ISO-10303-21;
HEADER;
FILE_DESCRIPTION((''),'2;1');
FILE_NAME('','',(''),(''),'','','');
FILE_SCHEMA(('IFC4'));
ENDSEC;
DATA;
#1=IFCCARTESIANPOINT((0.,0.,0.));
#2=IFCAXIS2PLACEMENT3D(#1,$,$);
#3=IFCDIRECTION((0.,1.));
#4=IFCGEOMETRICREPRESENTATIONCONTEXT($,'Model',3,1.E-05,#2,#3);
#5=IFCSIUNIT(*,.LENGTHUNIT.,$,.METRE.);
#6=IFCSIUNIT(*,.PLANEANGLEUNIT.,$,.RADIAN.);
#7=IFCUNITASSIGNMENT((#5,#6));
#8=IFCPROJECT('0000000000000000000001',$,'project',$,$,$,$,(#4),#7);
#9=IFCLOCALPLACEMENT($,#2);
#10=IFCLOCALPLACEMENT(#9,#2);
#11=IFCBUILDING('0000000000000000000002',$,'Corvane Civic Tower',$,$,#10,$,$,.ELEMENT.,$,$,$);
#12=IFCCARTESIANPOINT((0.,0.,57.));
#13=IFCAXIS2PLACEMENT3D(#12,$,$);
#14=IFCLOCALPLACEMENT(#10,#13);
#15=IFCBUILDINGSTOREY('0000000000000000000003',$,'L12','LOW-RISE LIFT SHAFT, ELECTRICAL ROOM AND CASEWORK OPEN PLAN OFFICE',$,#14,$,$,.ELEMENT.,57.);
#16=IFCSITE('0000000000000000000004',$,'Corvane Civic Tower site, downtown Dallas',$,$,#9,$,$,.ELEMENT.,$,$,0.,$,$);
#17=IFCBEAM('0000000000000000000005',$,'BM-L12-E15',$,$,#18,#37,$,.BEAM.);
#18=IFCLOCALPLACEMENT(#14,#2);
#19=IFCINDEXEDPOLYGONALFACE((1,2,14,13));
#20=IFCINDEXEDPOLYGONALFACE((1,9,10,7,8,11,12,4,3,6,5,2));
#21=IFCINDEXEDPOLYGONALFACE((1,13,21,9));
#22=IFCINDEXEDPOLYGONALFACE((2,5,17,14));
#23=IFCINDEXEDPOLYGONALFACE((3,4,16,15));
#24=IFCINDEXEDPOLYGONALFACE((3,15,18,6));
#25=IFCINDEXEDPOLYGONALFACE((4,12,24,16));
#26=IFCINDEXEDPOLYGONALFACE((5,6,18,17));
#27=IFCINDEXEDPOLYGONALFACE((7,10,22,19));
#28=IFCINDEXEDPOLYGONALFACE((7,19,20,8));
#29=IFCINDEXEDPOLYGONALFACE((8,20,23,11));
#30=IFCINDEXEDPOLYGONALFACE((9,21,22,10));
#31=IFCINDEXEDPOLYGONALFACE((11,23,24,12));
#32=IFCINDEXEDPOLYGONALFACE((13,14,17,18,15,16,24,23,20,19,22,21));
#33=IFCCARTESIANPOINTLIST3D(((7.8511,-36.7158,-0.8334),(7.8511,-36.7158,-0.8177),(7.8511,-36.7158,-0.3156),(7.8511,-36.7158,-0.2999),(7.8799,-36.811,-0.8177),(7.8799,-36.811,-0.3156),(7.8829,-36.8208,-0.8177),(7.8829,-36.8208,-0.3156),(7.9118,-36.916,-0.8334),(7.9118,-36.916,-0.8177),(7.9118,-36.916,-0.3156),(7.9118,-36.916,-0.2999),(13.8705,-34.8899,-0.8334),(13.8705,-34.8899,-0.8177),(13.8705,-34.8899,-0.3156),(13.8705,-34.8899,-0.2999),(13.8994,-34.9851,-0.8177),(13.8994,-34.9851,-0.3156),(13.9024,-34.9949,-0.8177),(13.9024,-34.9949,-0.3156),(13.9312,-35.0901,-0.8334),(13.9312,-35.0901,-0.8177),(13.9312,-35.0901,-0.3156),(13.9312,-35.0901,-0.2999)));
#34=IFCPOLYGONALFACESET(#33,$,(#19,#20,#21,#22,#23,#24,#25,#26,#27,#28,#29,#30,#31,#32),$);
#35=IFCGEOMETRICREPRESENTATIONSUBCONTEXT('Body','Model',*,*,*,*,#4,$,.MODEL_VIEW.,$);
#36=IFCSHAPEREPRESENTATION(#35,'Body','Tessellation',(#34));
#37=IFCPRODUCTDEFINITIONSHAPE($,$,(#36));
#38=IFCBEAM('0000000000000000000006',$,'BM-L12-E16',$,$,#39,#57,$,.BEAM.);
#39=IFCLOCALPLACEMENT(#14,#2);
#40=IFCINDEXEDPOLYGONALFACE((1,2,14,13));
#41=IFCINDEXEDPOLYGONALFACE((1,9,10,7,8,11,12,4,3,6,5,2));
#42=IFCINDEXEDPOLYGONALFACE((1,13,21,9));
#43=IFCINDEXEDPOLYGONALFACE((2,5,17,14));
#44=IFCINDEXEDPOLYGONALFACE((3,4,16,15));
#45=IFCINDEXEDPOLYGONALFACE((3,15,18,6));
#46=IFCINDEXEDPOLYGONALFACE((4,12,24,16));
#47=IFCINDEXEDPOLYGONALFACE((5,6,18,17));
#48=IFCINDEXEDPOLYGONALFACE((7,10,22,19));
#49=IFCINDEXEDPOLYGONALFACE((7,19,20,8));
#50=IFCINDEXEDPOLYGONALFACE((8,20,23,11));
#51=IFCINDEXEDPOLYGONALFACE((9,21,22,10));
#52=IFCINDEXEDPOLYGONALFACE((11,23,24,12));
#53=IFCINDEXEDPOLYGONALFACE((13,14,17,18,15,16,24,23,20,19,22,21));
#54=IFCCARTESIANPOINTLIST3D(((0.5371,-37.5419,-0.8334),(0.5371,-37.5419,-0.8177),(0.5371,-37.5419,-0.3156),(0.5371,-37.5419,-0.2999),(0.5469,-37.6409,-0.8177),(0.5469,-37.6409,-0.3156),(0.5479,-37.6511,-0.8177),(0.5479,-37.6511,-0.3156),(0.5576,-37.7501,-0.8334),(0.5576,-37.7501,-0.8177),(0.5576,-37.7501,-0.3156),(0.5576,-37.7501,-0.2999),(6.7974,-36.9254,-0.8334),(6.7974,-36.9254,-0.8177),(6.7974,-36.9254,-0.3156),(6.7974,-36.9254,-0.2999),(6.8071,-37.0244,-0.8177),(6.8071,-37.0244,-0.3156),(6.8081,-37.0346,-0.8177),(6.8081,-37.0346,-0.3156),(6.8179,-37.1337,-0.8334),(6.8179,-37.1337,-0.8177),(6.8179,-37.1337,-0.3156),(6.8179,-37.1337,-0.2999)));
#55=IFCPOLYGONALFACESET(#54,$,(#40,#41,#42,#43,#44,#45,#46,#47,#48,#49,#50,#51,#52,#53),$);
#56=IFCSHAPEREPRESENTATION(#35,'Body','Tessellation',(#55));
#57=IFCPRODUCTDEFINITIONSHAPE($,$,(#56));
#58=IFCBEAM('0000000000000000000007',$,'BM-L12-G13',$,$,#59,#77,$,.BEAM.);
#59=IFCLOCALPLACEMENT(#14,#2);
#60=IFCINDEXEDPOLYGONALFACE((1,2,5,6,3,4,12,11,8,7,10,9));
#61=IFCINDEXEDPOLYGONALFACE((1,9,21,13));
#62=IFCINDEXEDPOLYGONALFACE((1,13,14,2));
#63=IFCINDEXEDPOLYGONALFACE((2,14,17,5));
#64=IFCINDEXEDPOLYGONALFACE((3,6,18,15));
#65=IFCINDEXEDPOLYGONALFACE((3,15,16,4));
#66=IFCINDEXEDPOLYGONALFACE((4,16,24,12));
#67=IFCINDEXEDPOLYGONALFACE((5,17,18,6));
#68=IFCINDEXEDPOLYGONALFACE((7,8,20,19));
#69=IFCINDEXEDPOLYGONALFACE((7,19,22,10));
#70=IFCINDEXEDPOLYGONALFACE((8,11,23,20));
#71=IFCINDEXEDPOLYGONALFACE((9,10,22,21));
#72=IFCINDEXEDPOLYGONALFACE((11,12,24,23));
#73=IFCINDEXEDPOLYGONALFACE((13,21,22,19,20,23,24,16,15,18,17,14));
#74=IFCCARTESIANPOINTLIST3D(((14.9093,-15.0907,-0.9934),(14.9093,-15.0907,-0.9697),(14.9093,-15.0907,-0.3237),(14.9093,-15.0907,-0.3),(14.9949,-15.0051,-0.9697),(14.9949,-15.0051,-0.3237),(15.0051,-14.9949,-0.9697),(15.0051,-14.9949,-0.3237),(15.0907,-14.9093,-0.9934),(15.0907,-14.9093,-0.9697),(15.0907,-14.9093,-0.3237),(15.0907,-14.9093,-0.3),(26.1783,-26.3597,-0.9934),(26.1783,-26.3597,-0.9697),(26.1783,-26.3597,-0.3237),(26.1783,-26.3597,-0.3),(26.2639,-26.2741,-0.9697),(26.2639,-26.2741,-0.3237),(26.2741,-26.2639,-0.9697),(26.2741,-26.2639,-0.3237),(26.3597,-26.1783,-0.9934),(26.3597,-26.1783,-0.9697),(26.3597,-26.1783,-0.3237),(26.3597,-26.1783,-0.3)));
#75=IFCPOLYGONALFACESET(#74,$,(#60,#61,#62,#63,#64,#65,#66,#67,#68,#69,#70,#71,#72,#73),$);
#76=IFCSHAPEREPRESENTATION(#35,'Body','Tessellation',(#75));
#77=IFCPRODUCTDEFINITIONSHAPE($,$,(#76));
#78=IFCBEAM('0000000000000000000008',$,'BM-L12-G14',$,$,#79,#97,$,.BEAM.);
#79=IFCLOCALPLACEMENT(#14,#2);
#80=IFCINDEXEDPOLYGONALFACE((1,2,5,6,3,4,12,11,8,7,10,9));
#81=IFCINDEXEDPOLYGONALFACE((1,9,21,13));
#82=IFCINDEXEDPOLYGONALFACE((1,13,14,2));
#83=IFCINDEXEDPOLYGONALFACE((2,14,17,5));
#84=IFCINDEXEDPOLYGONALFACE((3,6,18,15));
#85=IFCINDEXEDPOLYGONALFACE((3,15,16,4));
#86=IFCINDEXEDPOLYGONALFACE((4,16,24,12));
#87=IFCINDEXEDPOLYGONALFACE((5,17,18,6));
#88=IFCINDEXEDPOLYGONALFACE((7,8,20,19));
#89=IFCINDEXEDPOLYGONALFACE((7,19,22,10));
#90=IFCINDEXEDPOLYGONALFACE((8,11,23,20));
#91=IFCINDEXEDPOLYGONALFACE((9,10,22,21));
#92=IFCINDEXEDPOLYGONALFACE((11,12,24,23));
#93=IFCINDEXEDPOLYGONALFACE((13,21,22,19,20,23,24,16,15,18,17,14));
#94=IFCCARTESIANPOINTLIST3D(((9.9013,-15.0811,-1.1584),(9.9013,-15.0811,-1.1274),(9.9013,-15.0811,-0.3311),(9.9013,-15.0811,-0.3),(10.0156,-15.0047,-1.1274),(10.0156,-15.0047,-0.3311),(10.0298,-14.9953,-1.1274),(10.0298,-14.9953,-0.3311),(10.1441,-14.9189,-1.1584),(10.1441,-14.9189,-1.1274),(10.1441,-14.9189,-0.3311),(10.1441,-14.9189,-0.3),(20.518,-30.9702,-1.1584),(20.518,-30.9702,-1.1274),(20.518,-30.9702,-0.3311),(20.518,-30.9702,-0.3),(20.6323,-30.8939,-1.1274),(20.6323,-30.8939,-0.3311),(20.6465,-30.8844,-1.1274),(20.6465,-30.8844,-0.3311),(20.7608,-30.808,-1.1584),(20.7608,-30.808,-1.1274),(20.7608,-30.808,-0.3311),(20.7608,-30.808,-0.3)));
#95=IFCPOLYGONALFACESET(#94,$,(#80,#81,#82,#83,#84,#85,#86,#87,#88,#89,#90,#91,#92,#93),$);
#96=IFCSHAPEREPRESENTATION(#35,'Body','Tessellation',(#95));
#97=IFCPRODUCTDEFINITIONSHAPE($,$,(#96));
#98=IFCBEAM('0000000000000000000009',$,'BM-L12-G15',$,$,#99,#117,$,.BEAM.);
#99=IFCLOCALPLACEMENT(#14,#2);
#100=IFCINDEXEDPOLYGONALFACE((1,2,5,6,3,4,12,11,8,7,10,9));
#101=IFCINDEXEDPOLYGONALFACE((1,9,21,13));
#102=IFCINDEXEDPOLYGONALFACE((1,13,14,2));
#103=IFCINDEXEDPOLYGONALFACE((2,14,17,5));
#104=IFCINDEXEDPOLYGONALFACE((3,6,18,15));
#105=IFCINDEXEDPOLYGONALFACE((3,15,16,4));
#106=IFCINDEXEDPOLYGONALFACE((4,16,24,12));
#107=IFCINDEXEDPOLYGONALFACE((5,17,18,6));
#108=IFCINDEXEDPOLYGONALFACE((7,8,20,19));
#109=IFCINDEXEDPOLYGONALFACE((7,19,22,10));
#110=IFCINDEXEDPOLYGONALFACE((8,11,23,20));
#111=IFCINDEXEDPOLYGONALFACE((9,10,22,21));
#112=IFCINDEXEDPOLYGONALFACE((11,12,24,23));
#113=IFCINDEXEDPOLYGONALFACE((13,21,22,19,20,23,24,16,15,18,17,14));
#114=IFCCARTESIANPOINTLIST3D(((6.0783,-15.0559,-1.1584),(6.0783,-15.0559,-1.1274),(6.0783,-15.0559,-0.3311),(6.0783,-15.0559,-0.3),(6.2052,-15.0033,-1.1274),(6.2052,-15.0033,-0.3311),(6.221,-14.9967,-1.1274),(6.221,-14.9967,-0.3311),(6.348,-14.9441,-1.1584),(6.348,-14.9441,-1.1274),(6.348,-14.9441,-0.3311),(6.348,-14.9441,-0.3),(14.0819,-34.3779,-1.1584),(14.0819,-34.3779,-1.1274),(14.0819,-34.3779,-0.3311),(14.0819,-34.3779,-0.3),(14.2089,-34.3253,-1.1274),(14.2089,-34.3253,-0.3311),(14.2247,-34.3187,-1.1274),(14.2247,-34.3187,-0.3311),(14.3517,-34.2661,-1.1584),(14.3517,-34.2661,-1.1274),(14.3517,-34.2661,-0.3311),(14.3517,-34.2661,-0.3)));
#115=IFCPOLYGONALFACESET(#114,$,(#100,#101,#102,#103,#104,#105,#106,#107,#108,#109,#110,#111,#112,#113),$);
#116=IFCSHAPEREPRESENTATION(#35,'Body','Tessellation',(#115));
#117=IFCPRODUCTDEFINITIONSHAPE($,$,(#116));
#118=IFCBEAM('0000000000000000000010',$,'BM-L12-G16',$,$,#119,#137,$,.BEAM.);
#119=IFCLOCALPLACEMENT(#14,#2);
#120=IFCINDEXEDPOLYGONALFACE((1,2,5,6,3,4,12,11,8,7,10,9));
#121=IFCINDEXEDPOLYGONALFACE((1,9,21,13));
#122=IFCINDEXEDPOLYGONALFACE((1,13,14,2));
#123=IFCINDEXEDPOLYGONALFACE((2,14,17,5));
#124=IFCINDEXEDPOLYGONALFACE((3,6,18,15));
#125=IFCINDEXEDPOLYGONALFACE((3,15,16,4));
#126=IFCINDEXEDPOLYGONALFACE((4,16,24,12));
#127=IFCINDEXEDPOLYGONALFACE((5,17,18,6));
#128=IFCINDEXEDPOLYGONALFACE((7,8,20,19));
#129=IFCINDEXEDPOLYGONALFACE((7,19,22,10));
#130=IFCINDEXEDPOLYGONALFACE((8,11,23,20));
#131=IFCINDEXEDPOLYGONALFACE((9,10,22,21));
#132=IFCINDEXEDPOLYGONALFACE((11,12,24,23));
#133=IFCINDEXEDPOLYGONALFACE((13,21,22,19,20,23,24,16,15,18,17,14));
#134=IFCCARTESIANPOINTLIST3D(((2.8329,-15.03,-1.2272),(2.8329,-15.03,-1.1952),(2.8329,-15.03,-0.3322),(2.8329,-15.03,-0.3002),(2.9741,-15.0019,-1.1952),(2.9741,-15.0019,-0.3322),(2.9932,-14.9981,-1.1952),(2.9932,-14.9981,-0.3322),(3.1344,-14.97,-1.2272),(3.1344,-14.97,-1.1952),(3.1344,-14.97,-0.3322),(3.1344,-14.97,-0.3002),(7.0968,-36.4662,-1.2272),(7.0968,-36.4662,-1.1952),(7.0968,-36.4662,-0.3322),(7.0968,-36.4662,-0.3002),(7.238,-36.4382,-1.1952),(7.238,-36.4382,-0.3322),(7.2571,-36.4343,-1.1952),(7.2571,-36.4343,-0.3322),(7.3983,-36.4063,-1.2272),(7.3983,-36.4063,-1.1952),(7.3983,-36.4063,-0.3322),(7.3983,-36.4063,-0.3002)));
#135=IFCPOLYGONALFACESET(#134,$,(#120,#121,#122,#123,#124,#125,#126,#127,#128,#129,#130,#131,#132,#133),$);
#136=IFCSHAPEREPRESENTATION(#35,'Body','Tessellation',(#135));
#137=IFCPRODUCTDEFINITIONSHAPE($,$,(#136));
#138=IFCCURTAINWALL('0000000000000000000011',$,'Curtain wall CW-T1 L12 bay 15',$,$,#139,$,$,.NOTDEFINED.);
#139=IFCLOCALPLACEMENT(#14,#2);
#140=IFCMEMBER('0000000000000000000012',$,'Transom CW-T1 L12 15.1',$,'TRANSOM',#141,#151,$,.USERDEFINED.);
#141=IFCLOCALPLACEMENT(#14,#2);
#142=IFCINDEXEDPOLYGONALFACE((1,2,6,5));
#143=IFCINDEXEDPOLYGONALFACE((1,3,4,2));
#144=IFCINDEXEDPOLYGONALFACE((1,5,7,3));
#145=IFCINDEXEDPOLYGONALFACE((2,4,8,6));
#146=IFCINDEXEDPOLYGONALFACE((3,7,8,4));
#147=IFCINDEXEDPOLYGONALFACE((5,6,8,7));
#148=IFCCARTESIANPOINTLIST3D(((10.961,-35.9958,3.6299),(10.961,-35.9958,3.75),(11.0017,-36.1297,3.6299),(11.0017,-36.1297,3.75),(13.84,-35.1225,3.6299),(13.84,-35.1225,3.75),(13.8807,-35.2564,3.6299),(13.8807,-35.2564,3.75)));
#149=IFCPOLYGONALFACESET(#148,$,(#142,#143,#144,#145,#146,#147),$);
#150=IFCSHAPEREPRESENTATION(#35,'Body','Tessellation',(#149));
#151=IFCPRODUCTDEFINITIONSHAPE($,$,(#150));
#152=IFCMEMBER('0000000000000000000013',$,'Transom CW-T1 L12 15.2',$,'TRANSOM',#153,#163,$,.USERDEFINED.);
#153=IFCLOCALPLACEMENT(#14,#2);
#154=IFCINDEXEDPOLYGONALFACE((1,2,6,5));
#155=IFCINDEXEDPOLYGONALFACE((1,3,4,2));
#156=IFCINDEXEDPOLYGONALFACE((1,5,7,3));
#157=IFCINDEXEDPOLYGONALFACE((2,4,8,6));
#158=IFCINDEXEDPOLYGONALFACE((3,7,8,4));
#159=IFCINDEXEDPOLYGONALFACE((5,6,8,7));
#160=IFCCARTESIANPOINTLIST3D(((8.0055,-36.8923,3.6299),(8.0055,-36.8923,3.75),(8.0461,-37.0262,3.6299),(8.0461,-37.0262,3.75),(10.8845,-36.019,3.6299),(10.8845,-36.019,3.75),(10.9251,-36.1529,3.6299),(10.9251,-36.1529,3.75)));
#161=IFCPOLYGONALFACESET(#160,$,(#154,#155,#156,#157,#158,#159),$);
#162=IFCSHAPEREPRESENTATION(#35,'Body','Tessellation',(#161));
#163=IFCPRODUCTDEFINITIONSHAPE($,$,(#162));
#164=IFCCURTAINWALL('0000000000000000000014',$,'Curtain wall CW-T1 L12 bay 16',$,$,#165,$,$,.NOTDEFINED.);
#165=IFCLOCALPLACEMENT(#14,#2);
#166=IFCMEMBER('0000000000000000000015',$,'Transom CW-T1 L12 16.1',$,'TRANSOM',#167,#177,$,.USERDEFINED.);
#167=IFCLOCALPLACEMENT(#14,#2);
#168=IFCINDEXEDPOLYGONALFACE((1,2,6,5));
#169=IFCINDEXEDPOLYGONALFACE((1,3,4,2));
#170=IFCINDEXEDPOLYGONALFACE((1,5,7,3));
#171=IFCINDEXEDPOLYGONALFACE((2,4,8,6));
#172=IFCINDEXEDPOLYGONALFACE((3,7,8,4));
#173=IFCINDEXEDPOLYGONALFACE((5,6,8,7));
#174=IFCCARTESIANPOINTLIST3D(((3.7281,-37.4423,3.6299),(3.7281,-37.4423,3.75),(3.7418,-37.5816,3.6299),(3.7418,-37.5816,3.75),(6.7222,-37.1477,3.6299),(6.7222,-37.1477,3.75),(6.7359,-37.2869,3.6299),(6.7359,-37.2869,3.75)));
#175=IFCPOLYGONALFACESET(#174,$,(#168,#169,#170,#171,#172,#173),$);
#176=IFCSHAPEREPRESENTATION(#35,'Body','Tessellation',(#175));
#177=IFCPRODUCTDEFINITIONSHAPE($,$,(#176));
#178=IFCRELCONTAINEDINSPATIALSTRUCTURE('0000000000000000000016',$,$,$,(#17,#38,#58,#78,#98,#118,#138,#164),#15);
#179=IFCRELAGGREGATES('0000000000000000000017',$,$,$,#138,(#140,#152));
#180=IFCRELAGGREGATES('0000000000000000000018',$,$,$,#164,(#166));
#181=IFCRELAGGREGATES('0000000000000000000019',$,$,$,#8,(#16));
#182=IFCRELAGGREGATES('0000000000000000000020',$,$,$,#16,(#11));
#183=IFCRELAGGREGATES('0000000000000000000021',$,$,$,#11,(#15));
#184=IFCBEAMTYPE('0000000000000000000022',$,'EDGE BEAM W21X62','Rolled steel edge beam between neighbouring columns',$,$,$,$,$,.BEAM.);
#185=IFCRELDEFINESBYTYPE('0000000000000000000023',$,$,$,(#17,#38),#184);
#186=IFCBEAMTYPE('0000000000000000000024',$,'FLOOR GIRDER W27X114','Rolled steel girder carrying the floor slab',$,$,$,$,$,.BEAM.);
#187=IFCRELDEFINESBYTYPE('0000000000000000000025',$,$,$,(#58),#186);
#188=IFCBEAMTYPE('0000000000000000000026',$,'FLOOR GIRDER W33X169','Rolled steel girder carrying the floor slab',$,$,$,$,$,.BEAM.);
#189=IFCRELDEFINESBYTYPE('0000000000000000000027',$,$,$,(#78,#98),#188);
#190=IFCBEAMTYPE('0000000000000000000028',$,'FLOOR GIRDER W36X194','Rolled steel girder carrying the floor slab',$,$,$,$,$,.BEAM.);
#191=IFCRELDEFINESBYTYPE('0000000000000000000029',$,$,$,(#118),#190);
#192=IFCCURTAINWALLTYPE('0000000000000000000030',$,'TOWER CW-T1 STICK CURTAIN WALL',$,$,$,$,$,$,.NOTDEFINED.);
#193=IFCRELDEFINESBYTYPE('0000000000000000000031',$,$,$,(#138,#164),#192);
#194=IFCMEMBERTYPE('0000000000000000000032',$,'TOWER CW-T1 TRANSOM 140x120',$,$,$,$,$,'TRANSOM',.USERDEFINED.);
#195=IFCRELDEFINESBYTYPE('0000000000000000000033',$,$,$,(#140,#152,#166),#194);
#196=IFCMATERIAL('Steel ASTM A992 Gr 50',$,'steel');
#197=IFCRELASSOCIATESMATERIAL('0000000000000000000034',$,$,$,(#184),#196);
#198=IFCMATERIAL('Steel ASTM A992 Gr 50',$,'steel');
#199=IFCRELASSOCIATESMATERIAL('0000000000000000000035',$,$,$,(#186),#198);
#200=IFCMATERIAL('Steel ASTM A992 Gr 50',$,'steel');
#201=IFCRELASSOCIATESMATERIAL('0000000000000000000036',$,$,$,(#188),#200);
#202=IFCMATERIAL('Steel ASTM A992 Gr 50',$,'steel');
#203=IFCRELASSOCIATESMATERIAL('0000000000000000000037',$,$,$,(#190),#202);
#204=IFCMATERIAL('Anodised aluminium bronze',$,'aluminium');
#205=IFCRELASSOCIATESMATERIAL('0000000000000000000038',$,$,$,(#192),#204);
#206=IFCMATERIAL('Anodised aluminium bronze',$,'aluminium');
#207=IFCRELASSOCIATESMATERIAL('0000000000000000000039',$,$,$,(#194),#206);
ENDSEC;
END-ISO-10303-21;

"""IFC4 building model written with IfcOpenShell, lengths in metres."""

from ifc_helpers import new_model, si_unit, direction, frame, origin, origin_2d, place, context, subcontext, project, spatial, rectangle, i_section, extrude, material, material_profile, profile_set, type_object, element, aggregate, save


model = new_model("IFC4")

# Units and contexts
model_context = context("Model", 3, precision=1e-05, world=origin(), true_north=direction((0.0, 1.0)))
body_context = subcontext(model_context, "Body", "Model", "MODEL_VIEW")
ifc_project = project(units=[si_unit("LENGTHUNIT", "METRE"), si_unit("PLANEANGLEUNIT", "RADIAN")], contexts=[model_context])

# Site, building, storey
site_placement = place(None, origin())
site = spatial("IfcSite", under=ifc_project, at=site_placement, Name="Corvane Civic Tower site, downtown Dallas", CompositionType="ELEMENT", RefElevation=0.0)
building_placement = place(site_placement, origin())
building = spatial("IfcBuilding", under=site, at=building_placement, Name="Corvane Civic Tower", CompositionType="ELEMENT")
storey_placement = place(building_placement, frame((0.0, 0.0, 57.0)))
storey = spatial("IfcBuildingStorey", under=building, at=storey_placement, Name="L12", Description="LOW-RISE LIFT SHAFT, ELECTRICAL ROOM AND CASEWORK OPEN PLAN OFFICE", CompositionType="ELEMENT", Elevation=57.0)

# Beams
ifc_material_1 = material(Name="Steel ASTM A992 Gr 50", Category="steel")
ifc_material_profile_1 = material_profile(ifc_material_1, i_section(OverallWidth=0.2092, OverallDepth=0.5334, WebThickness=0.0103, FlangeThickness=0.0156, at=origin_2d()), Name="W21X62")
ifc_profile_set_1 = profile_set([ifc_material_profile_1], Name="Steel ASTM A992 Gr 50")
beam_type_1 = type_object("IfcBeamType", Name="EDGE BEAM W21X62", Description="Rolled steel edge beam between neighbouring columns", PredefinedType="BEAM", material=ifc_profile_set_1)
beam_1_placement = place(storey_placement, frame((13.9009, -34.99, -0.5667), z_axis=(-0.956944, -0.290273, 0.0), x_axis=(0.290273, -0.956944, 0.0)))
element("IfcBeam", 1, at=beam_1_placement, inside=storey, type_object=beam_type_1, Name="BM-L12-E15", PredefinedType="BEAM", context=body_context, shape_type="SweptSolid", body=[
    extrude(i_section(OverallWidth=0.2092, OverallDepth=0.5334, WebThickness=0.0103, FlangeThickness=0.0156, at=origin_2d()), origin(), (0.0, 0.0, 1.0), 6.2903),
])
beam_2_placement = place(storey_placement, frame((6.8076, -37.0295, -0.5667), z_axis=(-0.995187, -0.097997, 0.0), x_axis=(0.097997, -0.995187, 0.0)))
element("IfcBeam", 2, at=beam_2_placement, inside=storey, type_object=beam_type_1, Name="BM-L12-E16", PredefinedType="BEAM", context=body_context, shape_type="SweptSolid", body=[
    extrude(i_section(OverallWidth=0.2092, OverallDepth=0.5334, WebThickness=0.0103, FlangeThickness=0.0156, at=origin_2d()), origin(), (0.0, 0.0, 1.0), 6.2905),
])
ifc_material_2 = material(Name="Steel ASTM A992 Gr 50", Category="steel")
ifc_material_profile_2 = material_profile(ifc_material_2, i_section(OverallWidth=0.2566, OverallDepth=0.6934, WebThickness=0.0144, FlangeThickness=0.0237, at=origin_2d()), Name="W27X114")
ifc_profile_set_2 = profile_set([ifc_material_profile_2], Name="Steel ASTM A992 Gr 50")
beam_type_2 = type_object("IfcBeamType", Name="FLOOR GIRDER W27X114", Description="Rolled steel girder carrying the floor slab", PredefinedType="BEAM", material=ifc_profile_set_2)
beam_3_placement = place(storey_placement, frame((15.0, -15.0, -0.6467), z_axis=(0.707107, -0.707107, 0.0), x_axis=(0.707107, 0.707107, 0.0)))
element("IfcBeam", 3, at=beam_3_placement, inside=storey, type_object=beam_type_2, Name="BM-L12-G13", PredefinedType="BEAM", context=body_context, shape_type="SweptSolid", body=[
    extrude(i_section(OverallWidth=0.2566, OverallDepth=0.6934, WebThickness=0.0144, FlangeThickness=0.0237, at=origin_2d()), origin(), (0.0, 0.0, 1.0), 15.9368),
])
ifc_material_3 = material(Name="Steel ASTM A992 Gr 50", Category="steel")
ifc_material_profile_3 = material_profile(ifc_material_3, i_section(OverallWidth=0.292, OverallDepth=0.8584, WebThickness=0.0171, FlangeThickness=0.031, at=origin_2d()), Name="W33X169")
ifc_profile_set_3 = profile_set([ifc_material_profile_3], Name="Steel ASTM A992 Gr 50")
beam_type_3 = type_object("IfcBeamType", Name="FLOOR GIRDER W33X169", Description="Rolled steel girder carrying the floor slab", PredefinedType="BEAM", material=ifc_profile_set_3)
beam_4_placement = place(storey_placement, frame((10.0227, -15.0, -0.7292), z_axis=(0.555567, -0.831472, 0.0), x_axis=(0.831472, 0.555567, 0.0)))
element("IfcBeam", 4, at=beam_4_placement, inside=storey, type_object=beam_type_3, Name="BM-L12-G14", PredefinedType="BEAM", context=body_context, shape_type="SweptSolid", body=[
    extrude(i_section(OverallWidth=0.292, OverallDepth=0.8584, WebThickness=0.0171, FlangeThickness=0.031, at=origin_2d()), origin(), (0.0, 0.0, 1.0), 19.1096),
])
beam_5_placement = place(storey_placement, frame((6.2131, -15.0, -0.7292), z_axis=(0.382692, -0.923876, 0.0), x_axis=(0.923876, 0.382692, 0.0)))
element("IfcBeam", 5, at=beam_5_placement, inside=storey, type_object=beam_type_3, Name="BM-L12-G15", PredefinedType="BEAM", context=body_context, shape_type="SweptSolid", body=[
    extrude(i_section(OverallWidth=0.292, OverallDepth=0.8584, WebThickness=0.0171, FlangeThickness=0.031, at=origin_2d()), origin(), (0.0, 0.0, 1.0), 20.9141),
])
ifc_material_4 = material(Name="Steel ASTM A992 Gr 50", Category="steel")
ifc_material_profile_4 = material_profile(ifc_material_4, i_section(OverallWidth=0.3074, OverallDepth=0.927, WebThickness=0.0195, FlangeThickness=0.032, at=origin_2d()), Name="W36X194")
ifc_profile_set_4 = profile_set([ifc_material_profile_4], Name="Steel ASTM A992 Gr 50")
beam_type_4 = type_object("IfcBeamType", Name="FLOOR GIRDER W36X194", Description="Rolled steel girder carrying the floor slab", PredefinedType="BEAM", material=ifc_profile_set_4)
beam_6_placement = place(storey_placement, frame((2.9836, -15.0, -0.7637), z_axis=(0.195089, -0.980785, 0.0), x_axis=(0.980785, 0.195089, 0.0)))
element("IfcBeam", 6, at=beam_6_placement, inside=storey, type_object=beam_type_4, Name="BM-L12-G16", PredefinedType="BEAM", context=body_context, shape_type="SweptSolid", body=[
    extrude(i_section(OverallWidth=0.3074, OverallDepth=0.927, WebThickness=0.0195, FlangeThickness=0.032, at=origin_2d()), origin(), (0.0, 0.0, 1.0), 21.8562),
])

# Curtain walls, members
ifc_material_5 = material(Name="Anodised aluminium bronze", Category="aluminium")
curtain_wall_type = type_object("IfcCurtainWallType", Name="TOWER CW-T1 STICK CURTAIN WALL", PredefinedType="NOTDEFINED", material=ifc_material_5)
curtain_wall_1_placement = place(storey_placement, origin())
curtain_wall_1 = element("IfcCurtainWall", 7, at=curtain_wall_1_placement, inside=storey, type_object=curtain_wall_type, Name="Curtain wall CW-T1 L12 bay 15", PredefinedType="NOTDEFINED")
ifc_material_6 = material(Name="Anodised aluminium bronze", Category="aluminium")
ifc_material_profile_5 = material_profile(ifc_material_6, rectangle(XDim=0.1399, YDim=0.1201, at=origin_2d()), Name="TOWER CW-T1 TRANSOM 140x120")
ifc_profile_set_5 = profile_set([ifc_material_profile_5], Name="Anodised aluminium bronze")
member_type_1 = type_object("IfcMemberType", Name="TOWER CW-T1 TRANSOM 140x120", ElementType="TRANSOM", PredefinedType="USERDEFINED", material=ifc_profile_set_5)
member_1_placement = place(storey_placement, frame((13.8604, -35.1895, 3.6899), z_axis=(-0.956942, -0.29028, 0.0), x_axis=(0.29028, -0.956942, 0.0)))
member_1 = element("IfcMember", 8, at=member_1_placement, type_object=member_type_1, Name="Transom CW-T1 L12 15.1", ObjectType="TRANSOM", PredefinedType="USERDEFINED", context=body_context, shape_type="SweptSolid", body=[
    extrude(rectangle(XDim=0.1399, YDim=0.1201, at=origin_2d()), origin(), (0.0, 0.0, 1.0), 3.0085),
])
member_2_placement = place(storey_placement, frame((10.9048, -36.0859, 3.6899), z_axis=(-0.956942, -0.29028, 0.0), x_axis=(0.29028, -0.956942, 0.0)))
member_2 = element("IfcMember", 9, at=member_2_placement, type_object=member_type_1, Name="Transom CW-T1 L12 15.2", ObjectType="TRANSOM", PredefinedType="USERDEFINED", context=body_context, shape_type="SweptSolid", body=[
    extrude(rectangle(XDim=0.1399, YDim=0.1201, at=origin_2d()), origin(), (0.0, 0.0, 1.0), 3.0085),
])
curtain_wall_2_placement = place(storey_placement, origin())
curtain_wall_2 = element("IfcCurtainWall", 10, at=curtain_wall_2_placement, inside=storey, type_object=curtain_wall_type, Name="Curtain wall CW-T1 L12 bay 16", PredefinedType="NOTDEFINED")
member_3_placement = place(storey_placement, frame((6.729, -37.2173, 3.6899), z_axis=(-0.995192, -0.097945, 0.0), x_axis=(0.097945, -0.995192, 0.0)))
member_3 = element("IfcMember", 11, at=member_3_placement, type_object=member_type_1, Name="Transom CW-T1 L12 16.1", ObjectType="TRANSOM", PredefinedType="USERDEFINED", context=body_context, shape_type="SweptSolid", body=[
    extrude(rectangle(XDim=0.1399, YDim=0.1201, at=origin_2d()), origin(), (0.0, 0.0, 1.0), 3.0085),
])

aggregate(curtain_wall_1, [member_1, member_2])
aggregate(curtain_wall_2, [member_3])

save(model, "model.ifc")
